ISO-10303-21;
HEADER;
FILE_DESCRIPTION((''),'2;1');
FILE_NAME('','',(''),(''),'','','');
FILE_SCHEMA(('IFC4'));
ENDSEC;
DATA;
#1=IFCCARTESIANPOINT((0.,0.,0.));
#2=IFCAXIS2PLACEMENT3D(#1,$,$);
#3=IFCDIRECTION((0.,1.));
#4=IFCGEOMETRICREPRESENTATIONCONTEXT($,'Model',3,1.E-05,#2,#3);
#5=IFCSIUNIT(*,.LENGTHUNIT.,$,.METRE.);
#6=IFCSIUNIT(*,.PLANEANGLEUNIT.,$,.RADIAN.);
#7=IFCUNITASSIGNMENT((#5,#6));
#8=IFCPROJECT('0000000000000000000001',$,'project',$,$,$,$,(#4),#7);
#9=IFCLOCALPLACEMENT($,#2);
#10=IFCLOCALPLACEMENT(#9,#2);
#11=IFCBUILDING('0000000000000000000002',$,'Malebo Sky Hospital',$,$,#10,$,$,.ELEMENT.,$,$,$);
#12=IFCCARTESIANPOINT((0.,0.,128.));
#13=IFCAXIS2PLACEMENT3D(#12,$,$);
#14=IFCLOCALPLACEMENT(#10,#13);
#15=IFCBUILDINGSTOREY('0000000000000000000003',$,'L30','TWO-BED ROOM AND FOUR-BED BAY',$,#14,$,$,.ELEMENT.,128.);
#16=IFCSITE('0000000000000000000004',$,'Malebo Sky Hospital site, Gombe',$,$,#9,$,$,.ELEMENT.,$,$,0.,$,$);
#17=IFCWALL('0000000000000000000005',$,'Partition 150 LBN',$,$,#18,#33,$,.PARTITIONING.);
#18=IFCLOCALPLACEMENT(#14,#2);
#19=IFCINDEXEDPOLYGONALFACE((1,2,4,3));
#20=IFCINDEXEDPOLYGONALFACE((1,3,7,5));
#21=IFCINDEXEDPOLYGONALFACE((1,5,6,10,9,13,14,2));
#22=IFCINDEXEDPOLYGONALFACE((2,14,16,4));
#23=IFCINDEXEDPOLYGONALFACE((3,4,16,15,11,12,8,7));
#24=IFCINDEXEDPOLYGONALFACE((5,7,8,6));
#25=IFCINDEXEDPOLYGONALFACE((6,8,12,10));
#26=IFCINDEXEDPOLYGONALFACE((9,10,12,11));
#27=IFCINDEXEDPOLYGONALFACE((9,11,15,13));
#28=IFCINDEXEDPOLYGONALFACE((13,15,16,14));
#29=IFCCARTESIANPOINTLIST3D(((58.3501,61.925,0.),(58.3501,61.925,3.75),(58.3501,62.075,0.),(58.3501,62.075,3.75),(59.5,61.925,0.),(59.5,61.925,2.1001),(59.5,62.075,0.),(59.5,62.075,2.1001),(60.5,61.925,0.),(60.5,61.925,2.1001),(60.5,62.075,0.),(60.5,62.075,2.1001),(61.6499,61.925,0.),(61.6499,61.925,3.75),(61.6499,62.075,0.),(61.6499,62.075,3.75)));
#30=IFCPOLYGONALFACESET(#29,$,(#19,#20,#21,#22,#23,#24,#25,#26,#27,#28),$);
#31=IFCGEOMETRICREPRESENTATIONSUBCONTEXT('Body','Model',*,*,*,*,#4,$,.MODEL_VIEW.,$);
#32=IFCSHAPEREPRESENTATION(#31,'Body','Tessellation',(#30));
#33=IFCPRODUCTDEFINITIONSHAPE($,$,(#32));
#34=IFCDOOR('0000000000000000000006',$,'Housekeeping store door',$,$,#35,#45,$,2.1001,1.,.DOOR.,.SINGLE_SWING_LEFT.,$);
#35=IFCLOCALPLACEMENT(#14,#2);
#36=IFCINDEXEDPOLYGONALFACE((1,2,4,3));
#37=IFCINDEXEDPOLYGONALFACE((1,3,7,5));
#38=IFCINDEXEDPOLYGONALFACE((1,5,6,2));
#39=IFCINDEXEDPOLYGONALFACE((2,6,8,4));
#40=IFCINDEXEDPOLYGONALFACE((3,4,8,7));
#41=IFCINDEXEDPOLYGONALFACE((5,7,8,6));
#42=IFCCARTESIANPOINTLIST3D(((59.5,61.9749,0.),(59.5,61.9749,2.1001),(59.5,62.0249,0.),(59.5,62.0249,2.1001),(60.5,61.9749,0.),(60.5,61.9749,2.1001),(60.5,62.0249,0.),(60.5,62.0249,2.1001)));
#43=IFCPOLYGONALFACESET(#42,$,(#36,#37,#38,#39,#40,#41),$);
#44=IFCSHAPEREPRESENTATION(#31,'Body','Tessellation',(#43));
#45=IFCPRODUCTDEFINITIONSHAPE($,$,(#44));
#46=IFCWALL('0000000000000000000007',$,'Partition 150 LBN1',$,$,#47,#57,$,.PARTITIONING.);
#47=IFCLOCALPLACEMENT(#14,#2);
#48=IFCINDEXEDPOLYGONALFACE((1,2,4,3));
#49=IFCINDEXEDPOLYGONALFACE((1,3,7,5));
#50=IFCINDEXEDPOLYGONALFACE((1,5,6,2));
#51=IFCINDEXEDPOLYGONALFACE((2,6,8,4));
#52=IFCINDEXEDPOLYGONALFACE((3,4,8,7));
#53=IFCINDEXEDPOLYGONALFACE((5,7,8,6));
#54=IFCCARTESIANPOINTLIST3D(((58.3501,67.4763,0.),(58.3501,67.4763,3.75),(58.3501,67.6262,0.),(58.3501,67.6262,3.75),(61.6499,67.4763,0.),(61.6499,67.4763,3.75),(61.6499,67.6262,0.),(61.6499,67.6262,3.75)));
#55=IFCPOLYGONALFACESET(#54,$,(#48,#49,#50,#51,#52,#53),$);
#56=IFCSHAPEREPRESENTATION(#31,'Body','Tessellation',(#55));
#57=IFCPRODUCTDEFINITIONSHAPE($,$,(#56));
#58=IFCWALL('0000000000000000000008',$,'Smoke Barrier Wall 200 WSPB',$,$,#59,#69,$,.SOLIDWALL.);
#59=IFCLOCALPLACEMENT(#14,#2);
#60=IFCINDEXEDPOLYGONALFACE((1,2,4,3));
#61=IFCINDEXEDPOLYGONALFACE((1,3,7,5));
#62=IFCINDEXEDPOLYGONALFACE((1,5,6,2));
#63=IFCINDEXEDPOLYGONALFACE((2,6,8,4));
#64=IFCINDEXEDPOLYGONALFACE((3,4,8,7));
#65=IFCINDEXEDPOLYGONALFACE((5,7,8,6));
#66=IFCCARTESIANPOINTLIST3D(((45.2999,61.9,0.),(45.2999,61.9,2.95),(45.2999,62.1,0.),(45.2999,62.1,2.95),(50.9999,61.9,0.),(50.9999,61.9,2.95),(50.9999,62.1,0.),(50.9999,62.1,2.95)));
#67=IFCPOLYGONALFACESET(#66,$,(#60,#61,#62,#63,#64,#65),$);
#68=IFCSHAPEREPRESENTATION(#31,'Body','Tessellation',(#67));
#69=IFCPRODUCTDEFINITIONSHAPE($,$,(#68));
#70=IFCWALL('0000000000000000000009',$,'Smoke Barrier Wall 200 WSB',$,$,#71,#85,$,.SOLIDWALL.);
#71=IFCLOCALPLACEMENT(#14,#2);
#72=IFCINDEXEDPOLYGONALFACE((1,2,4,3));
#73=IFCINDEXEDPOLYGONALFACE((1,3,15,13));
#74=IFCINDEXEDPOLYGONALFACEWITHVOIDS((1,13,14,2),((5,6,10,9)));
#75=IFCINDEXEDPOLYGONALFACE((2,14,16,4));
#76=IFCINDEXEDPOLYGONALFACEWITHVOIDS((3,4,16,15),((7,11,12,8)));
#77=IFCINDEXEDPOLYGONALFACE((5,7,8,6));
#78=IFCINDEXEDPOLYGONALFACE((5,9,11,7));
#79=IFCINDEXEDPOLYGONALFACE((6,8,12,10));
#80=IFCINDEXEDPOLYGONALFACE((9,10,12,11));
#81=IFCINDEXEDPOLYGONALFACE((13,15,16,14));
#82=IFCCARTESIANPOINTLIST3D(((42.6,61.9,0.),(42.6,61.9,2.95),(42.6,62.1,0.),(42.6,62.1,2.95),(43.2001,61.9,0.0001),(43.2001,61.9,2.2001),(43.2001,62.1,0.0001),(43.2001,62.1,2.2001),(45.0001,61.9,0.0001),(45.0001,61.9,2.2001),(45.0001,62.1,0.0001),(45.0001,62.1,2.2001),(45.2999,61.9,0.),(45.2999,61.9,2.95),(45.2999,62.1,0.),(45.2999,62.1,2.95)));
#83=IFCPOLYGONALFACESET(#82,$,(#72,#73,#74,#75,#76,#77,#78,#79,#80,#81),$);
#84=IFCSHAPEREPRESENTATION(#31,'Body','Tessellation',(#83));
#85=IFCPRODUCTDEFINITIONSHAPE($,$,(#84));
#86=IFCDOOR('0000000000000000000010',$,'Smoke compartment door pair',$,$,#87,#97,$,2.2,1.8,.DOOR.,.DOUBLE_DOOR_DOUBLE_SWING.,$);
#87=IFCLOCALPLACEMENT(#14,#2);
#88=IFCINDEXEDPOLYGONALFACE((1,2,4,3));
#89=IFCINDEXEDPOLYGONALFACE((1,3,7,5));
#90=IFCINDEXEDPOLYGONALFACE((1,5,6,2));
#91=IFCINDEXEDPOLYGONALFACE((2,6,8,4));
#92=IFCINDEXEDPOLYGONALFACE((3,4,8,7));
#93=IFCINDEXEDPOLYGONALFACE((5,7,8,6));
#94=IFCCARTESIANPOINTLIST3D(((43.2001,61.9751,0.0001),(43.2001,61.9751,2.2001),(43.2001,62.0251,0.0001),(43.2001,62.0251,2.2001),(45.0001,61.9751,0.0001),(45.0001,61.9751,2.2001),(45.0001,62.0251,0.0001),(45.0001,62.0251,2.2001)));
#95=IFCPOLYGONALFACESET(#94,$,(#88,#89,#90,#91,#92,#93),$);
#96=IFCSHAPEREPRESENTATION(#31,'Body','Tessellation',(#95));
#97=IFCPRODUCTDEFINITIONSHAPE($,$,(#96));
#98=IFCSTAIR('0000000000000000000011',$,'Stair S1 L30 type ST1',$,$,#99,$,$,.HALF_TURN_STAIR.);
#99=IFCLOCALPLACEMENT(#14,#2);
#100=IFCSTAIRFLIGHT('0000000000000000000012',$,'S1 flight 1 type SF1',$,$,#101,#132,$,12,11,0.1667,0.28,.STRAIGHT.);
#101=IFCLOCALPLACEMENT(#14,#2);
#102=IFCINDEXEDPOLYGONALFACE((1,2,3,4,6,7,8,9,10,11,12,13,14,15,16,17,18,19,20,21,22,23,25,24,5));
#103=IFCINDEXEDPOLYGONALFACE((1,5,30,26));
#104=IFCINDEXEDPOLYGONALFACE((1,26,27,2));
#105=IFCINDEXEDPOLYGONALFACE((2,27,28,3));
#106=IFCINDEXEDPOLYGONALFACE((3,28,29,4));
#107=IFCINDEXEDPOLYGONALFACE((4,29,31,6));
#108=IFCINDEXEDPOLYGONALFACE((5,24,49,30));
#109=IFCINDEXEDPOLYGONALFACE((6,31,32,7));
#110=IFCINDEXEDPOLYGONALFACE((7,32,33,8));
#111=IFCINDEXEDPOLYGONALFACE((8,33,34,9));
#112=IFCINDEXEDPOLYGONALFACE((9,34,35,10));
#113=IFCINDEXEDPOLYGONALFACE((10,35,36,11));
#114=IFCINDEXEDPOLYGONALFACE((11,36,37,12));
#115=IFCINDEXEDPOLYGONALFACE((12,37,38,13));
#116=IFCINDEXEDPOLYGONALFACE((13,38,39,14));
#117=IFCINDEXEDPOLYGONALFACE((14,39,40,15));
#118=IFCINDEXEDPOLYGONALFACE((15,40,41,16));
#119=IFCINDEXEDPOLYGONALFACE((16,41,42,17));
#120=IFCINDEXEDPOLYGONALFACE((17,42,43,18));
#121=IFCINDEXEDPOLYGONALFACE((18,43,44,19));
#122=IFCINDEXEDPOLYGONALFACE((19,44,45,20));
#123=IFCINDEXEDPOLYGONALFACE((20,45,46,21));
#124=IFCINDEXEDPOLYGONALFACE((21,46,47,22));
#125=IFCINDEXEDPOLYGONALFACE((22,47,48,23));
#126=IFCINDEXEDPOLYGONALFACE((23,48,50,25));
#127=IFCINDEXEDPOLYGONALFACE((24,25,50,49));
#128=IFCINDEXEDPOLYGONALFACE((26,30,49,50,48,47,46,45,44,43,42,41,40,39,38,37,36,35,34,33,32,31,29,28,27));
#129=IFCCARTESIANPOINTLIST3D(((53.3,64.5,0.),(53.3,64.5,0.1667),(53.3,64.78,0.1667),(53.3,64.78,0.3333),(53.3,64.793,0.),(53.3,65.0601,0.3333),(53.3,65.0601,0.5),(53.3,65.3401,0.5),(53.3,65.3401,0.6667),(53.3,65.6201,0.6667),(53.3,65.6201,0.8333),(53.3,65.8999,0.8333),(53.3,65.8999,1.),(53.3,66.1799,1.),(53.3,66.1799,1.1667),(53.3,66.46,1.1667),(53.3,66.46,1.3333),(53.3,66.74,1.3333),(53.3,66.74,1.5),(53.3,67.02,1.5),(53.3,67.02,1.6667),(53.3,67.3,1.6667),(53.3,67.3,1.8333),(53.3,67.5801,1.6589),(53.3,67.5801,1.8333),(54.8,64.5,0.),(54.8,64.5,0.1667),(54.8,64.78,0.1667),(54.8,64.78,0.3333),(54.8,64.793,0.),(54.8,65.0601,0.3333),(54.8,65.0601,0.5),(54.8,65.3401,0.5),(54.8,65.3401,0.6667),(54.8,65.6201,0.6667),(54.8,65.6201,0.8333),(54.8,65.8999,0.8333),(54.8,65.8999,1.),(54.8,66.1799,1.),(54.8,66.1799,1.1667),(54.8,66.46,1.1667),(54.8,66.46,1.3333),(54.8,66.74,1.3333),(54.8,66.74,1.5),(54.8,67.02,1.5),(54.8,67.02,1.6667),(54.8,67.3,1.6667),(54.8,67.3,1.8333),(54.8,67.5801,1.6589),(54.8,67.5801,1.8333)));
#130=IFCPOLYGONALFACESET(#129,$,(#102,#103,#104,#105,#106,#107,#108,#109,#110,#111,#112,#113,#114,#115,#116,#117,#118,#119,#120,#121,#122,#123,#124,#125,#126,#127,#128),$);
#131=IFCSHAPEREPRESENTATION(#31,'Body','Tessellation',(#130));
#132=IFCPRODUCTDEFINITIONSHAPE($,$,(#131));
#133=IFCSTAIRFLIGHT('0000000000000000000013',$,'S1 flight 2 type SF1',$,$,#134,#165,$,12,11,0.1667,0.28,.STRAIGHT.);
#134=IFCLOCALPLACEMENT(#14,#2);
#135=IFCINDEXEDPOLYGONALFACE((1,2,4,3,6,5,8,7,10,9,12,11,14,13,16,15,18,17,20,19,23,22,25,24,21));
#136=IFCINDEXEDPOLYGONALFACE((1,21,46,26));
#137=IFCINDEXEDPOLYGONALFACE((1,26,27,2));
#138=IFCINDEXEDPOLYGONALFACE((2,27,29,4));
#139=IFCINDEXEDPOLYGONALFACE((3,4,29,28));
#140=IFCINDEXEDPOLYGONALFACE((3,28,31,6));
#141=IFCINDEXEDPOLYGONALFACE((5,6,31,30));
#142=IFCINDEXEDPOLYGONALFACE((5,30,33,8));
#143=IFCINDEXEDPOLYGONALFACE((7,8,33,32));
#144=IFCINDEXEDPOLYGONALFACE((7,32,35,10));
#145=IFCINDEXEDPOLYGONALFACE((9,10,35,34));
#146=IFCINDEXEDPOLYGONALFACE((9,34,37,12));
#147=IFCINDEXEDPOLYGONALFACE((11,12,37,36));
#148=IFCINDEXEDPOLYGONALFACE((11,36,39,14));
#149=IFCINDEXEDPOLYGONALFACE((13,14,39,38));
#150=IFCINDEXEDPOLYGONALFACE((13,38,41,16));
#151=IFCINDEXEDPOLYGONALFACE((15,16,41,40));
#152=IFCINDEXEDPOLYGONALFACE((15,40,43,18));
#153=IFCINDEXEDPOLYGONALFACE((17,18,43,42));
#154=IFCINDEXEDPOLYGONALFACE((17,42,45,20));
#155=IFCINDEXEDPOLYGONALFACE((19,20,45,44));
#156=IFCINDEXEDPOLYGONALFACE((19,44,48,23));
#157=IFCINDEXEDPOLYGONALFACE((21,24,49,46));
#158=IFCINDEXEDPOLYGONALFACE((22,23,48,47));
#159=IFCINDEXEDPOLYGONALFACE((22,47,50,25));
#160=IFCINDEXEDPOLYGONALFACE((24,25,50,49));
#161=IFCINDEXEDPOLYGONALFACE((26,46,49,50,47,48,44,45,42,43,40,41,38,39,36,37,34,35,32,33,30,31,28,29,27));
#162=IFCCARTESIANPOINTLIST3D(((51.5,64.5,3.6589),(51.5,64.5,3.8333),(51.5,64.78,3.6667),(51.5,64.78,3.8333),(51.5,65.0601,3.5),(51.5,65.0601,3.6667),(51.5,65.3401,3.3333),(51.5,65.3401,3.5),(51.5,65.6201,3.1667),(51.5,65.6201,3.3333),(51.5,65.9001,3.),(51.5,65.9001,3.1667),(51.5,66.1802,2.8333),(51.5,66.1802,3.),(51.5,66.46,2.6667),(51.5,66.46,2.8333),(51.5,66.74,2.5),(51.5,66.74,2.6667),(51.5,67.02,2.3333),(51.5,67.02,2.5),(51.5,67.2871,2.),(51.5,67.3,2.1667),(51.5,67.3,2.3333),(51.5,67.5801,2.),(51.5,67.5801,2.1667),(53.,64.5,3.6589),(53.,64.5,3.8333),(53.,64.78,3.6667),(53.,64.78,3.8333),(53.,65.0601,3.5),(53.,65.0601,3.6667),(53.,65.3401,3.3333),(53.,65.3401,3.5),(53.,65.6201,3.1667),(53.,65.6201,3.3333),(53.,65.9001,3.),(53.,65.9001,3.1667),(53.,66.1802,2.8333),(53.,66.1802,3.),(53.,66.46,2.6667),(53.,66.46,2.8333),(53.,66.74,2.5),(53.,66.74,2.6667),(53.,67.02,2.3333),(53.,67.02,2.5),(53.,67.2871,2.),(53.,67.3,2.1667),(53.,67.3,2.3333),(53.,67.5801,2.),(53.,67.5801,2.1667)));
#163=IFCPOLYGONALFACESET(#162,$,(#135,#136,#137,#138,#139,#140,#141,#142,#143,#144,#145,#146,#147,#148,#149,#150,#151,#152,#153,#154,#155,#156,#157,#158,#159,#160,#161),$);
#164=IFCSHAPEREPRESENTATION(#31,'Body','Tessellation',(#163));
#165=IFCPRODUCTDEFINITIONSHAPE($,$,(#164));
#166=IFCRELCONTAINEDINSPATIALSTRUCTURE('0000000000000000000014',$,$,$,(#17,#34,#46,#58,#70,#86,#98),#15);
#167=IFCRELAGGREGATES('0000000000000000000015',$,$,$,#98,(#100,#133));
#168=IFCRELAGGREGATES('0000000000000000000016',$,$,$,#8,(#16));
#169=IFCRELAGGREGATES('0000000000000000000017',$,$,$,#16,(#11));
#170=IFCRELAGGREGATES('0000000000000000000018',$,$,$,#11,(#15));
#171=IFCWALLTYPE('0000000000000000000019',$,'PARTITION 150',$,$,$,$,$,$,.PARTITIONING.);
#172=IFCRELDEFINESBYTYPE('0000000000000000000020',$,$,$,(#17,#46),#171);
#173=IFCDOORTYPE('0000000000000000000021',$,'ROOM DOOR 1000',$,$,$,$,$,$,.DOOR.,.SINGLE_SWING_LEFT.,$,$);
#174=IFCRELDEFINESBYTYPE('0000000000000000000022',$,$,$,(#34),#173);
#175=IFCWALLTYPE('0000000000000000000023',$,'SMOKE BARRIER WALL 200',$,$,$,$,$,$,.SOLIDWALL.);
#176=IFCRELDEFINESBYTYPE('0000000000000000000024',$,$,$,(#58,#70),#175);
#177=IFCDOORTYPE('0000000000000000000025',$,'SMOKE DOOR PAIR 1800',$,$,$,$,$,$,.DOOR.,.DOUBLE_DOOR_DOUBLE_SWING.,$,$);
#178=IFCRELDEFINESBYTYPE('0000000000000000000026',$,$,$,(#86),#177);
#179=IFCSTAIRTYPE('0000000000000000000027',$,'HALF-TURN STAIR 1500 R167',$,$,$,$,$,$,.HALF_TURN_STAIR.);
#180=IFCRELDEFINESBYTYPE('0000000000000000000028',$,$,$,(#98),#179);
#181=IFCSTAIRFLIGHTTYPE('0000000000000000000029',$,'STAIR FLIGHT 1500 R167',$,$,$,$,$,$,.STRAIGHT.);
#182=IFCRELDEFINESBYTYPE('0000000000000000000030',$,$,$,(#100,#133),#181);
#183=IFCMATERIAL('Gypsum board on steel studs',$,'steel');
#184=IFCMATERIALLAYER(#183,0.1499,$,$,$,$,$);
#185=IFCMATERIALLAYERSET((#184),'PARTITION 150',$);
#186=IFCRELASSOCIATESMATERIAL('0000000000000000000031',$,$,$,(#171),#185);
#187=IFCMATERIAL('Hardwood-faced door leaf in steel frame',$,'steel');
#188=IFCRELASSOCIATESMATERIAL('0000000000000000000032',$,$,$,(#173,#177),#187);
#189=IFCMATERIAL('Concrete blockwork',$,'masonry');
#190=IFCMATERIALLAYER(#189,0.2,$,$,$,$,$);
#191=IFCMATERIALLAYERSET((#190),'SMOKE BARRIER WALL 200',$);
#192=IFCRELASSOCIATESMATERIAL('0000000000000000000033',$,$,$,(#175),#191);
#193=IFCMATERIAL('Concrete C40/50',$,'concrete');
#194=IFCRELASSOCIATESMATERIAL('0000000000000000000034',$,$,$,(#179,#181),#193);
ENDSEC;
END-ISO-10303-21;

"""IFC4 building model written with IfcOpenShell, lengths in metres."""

from ifc_helpers import new_model, si_unit, direction, frame, frame_2d, origin, place, context, subcontext, project, spatial, polyline, rectangle, outline, extrude, material, layer, layer_set, type_object, element, fill, aggregate, save


model = new_model("IFC4")

# Units and contexts
model_context = context("Model", 3, precision=1e-05, world=origin(), true_north=direction((0.0, 1.0)))
body_context = subcontext(model_context, "Body", "Model", "MODEL_VIEW")
ifc_project = project(units=[si_unit("LENGTHUNIT", "METRE"), si_unit("PLANEANGLEUNIT", "RADIAN")], contexts=[model_context])

# Site, building, storey
site_placement = place(None, origin())
site = spatial("IfcSite", under=ifc_project, at=site_placement, Name="Malebo Sky Hospital site, Gombe", CompositionType="ELEMENT", RefElevation=0.0)
building_placement = place(site_placement, origin())
building = spatial("IfcBuilding", under=site, at=building_placement, Name="Malebo Sky Hospital", CompositionType="ELEMENT")
storey_placement = place(building_placement, frame((0.0, 0.0, 128.0)))
storey = spatial("IfcBuildingStorey", under=building, at=storey_placement, Name="L30", Description="TWO-BED ROOM AND FOUR-BED BAY", CompositionType="ELEMENT", Elevation=128.0)

# Shared definitions
ifc_material_1 = material(Name="Hardwood-faced door leaf in steel frame", Category="steel")

# Shared definitions
ifc_material_2 = material(Name="Gypsum board on steel studs", Category="steel")
ifc_layer_1 = layer(ifc_material_2, 0.1499)
ifc_layer_set_1 = layer_set([ifc_layer_1], Name="PARTITION 150")
wall_type_1 = type_object("IfcWallType", Name="PARTITION 150", PredefinedType="PARTITIONING", material=ifc_layer_set_1)

# Wall, opening, door
wall_1_placement = place(storey_placement, frame((58.3501, 62.0, 0.0), z_axis=(0.0, 0.0, 1.0), x_axis=(1.0, 0.0, 0.0)))
wall_1 = element("IfcWall", 1, at=wall_1_placement, inside=storey, type_object=wall_type_1, Name="Partition 150 LBN", PredefinedType="PARTITIONING", context=body_context, shape_type="SweptSolid", body=[
    extrude(rectangle(XDim=3.2998, YDim=0.1499, at=frame_2d((1.6499, 0.0))), origin(), (0.0, 0.0, 1.0), 3.75),
])
opening_1_placement = place(wall_1_placement, frame((1.1499, 0.0, 0.0)))
opening_1 = element("IfcOpeningElement", 2, at=opening_1_placement, cuts=wall_1, PredefinedType="OPENING", context=body_context, shape_type="SweptSolid", body=[
    extrude(rectangle(XDim=1.0, YDim=2.1001, at=frame_2d((0.5, 1.05))), frame((0.0, 0.085, 0.0), z_axis=(0.0, -1.0, 0.0), x_axis=(1.0, 0.0, 0.0)), (0.0, 0.0, 1.0), 0.1699),
])
door_type_1 = type_object("IfcDoorType", Name="ROOM DOOR 1000", OperationType="SINGLE_SWING_LEFT", PredefinedType="DOOR", material=ifc_material_1)
door_1_placement = place(opening_1_placement, origin())
door_1 = element("IfcDoor", 3, at=door_1_placement, inside=storey, type_object=door_type_1, Name="Housekeeping store door", OperationType="SINGLE_SWING_LEFT", OverallHeight=2.1001, OverallWidth=1.0, PredefinedType="DOOR", context=body_context, shape_type="SweptSolid", body=[
    extrude(rectangle(XDim=1.0, YDim=2.1001, at=frame_2d((0.5, 1.05))), frame((0.0, 0.0249, 0.0), z_axis=(0.0, -1.0, 0.0), x_axis=(1.0, 0.0, 0.0)), (0.0, 0.0, 1.0), 0.05),
])
fill(opening_1, door_1)

# Walls
wall_2_placement = place(storey_placement, frame((58.3501, 67.5513, 0.0), z_axis=(0.0, 0.0, 1.0), x_axis=(1.0, 0.0, 0.0)))
element("IfcWall", 4, at=wall_2_placement, inside=storey, type_object=wall_type_1, Name="Partition 150 LBN1", PredefinedType="PARTITIONING", context=body_context, shape_type="SweptSolid", body=[
    extrude(rectangle(XDim=3.2998, YDim=0.1499, at=frame_2d((1.6499, 0.0))), origin(), (0.0, 0.0, 1.0), 3.75),
])
ifc_material_3 = material(Name="Concrete blockwork", Category="masonry")
ifc_layer_2 = layer(ifc_material_3, 0.2)
ifc_layer_set_2 = layer_set([ifc_layer_2], Name="SMOKE BARRIER WALL 200")
wall_type_2 = type_object("IfcWallType", Name="SMOKE BARRIER WALL 200", PredefinedType="SOLIDWALL", material=ifc_layer_set_2)
wall_3_placement = place(storey_placement, frame((51.0, 62.0, 0.0), z_axis=(0.0, 0.0, 1.0), x_axis=(-1.0, 0.0, 0.0)))
element("IfcWall", 5, at=wall_3_placement, inside=storey, type_object=wall_type_2, Name="Smoke Barrier Wall 200 WSPB", PredefinedType="SOLIDWALL", context=body_context, shape_type="SweptSolid", body=[
    extrude(rectangle(XDim=5.7, YDim=0.2, at=frame_2d((2.8501, 0.0))), origin(), (0.0, 0.0, 1.0), 2.95),
])

# Wall, opening, door
wall_4_placement = place(storey_placement, frame((45.3, 62.0, 0.0), z_axis=(0.0, 0.0, 1.0), x_axis=(-1.0, 0.0, 0.0)))
wall_4 = element("IfcWall", 6, at=wall_4_placement, inside=storey, type_object=wall_type_2, Name="Smoke Barrier Wall 200 WSB", PredefinedType="SOLIDWALL", context=body_context, shape_type="SweptSolid", body=[
    extrude(rectangle(XDim=2.7, YDim=0.2, at=frame_2d((1.3501, 0.0))), origin(), (0.0, 0.0, 1.0), 2.95),
])
opening_2_placement = place(wall_4_placement, frame((0.3, 0.0, 0.0)))
opening_2 = element("IfcOpeningElement", 7, at=opening_2_placement, cuts=wall_4, PredefinedType="OPENING", context=body_context, shape_type="SweptSolid", body=[
    extrude(rectangle(XDim=1.8, YDim=2.2, at=frame_2d((0.8999, 1.1001))), frame((0.0, 0.1099, 0.0), z_axis=(0.0, -1.0, 0.0), x_axis=(1.0, 0.0, 0.0)), (0.0, 0.0, 1.0), 0.22),
])
door_type_2 = type_object("IfcDoorType", Name="SMOKE DOOR PAIR 1800", OperationType="DOUBLE_DOOR_DOUBLE_SWING", PredefinedType="DOOR", material=ifc_material_1)
door_2_placement = place(opening_2_placement, origin())
door_2 = element("IfcDoor", 8, at=door_2_placement, inside=storey, type_object=door_type_2, Name="Smoke compartment door pair", OperationType="DOUBLE_DOOR_DOUBLE_SWING", OverallHeight=2.2, OverallWidth=1.8, PredefinedType="DOOR", context=body_context, shape_type="SweptSolid", body=[
    extrude(rectangle(XDim=1.8, YDim=2.2, at=frame_2d((0.8999, 1.1001))), frame((0.0, 0.0249, 0.0), z_axis=(0.0, -1.0, 0.0), x_axis=(1.0, 0.0, 0.0)), (0.0, 0.0, 1.0), 0.05),
])
fill(opening_2, door_2)

# Stair, stair flights
ifc_material_4 = material(Name="Concrete C40/50", Category="concrete")
stair_type = type_object("IfcStairType", Name="HALF-TURN STAIR 1500 R167", PredefinedType="HALF_TURN_STAIR", material=ifc_material_4)
stair_placement = place(storey_placement, origin())
stair = element("IfcStair", 9, at=stair_placement, inside=storey, type_object=stair_type, Name="Stair S1 L30 type ST1", PredefinedType="HALF_TURN_STAIR")
stair_flight_type = type_object("IfcStairFlightType", Name="STAIR FLIGHT 1500 R167", PredefinedType="STRAIGHT", material=ifc_material_4)
stair_flight_1_placement = place(storey_placement, frame((54.05, 64.5, 0.0), z_axis=(0.0, 0.0, 1.0), x_axis=(0.0, 1.0, 0.0)))
stair_flight_1 = element("IfcStairFlight", 10, at=stair_flight_1_placement, type_object=stair_flight_type, Name="S1 flight 1 type SF1", NumberOfRisers=12, NumberOfTreads=11, PredefinedType="STRAIGHT", RiserHeight=0.1667, TreadLength=0.28, context=body_context, shape_type="SweptSolid", body=[
    extrude(outline(polyline([(0.0, 0.0), (0.0, 0.1667), (0.28, 0.1667), (0.28, 0.3333), (0.5601, 0.3333), (0.5601, 0.5), (0.8401, 0.5), (0.8401, 0.6667), (1.1201, 0.6667), (1.1201, 0.8333), (1.3999, 0.8333), (1.3999, 1.0), (1.6799, 1.0), (1.6799, 1.1667), (1.96, 1.1667), (1.96, 1.3333), (2.24, 1.3333), (2.24, 1.5), (2.52, 1.5), (2.52, 1.6667), (2.8, 1.6667), (2.8, 1.8333), (3.0801, 1.8333), (3.0801, 2.0), (3.0801, 1.6589), (0.293, 0.0), (0.0, 0.0)])), frame((0.0, 0.75, 0.0), z_axis=(0.0, -1.0, 0.0), x_axis=(1.0, 0.0, 0.0)), (0.0, 0.0, 1.0), 1.5),
])
stair_flight_2_placement = place(storey_placement, frame((52.25, 67.5801, 2.0), z_axis=(0.0, 0.0, 1.0), x_axis=(0.0, -1.0, 0.0)))
stair_flight_2 = element("IfcStairFlight", 11, at=stair_flight_2_placement, type_object=stair_flight_type, Name="S1 flight 2 type SF1", NumberOfRisers=12, NumberOfTreads=11, PredefinedType="STRAIGHT", RiserHeight=0.1667, TreadLength=0.28, context=body_context, shape_type="SweptSolid", body=[
    extrude(outline(polyline([(0.0, 0.0), (0.0, 0.1667), (0.28, 0.1667), (0.28, 0.3333), (0.5601, 0.3333), (0.5601, 0.5), (0.8401, 0.5), (0.8401, 0.6667), (1.1201, 0.6667), (1.1201, 0.8333), (1.3999, 0.8333), (1.3999, 1.0), (1.6799, 1.0), (1.6799, 1.1667), (1.96, 1.1667), (1.96, 1.3333), (2.24, 1.3333), (2.24, 1.5), (2.52, 1.5), (2.52, 1.6667), (2.8, 1.6667), (2.8, 1.8333), (3.0801, 1.8333), (3.0801, 2.0), (3.0801, 1.6589), (0.293, 0.0), (0.0, 0.0)])), frame((0.0, 0.75, 0.0), z_axis=(0.0, -1.0, 0.0), x_axis=(1.0, 0.0, 0.0)), (0.0, 0.0, 1.0), 1.5),
])
aggregate(stair, [stair_flight_1, stair_flight_2])

save(model, "model.ifc")
